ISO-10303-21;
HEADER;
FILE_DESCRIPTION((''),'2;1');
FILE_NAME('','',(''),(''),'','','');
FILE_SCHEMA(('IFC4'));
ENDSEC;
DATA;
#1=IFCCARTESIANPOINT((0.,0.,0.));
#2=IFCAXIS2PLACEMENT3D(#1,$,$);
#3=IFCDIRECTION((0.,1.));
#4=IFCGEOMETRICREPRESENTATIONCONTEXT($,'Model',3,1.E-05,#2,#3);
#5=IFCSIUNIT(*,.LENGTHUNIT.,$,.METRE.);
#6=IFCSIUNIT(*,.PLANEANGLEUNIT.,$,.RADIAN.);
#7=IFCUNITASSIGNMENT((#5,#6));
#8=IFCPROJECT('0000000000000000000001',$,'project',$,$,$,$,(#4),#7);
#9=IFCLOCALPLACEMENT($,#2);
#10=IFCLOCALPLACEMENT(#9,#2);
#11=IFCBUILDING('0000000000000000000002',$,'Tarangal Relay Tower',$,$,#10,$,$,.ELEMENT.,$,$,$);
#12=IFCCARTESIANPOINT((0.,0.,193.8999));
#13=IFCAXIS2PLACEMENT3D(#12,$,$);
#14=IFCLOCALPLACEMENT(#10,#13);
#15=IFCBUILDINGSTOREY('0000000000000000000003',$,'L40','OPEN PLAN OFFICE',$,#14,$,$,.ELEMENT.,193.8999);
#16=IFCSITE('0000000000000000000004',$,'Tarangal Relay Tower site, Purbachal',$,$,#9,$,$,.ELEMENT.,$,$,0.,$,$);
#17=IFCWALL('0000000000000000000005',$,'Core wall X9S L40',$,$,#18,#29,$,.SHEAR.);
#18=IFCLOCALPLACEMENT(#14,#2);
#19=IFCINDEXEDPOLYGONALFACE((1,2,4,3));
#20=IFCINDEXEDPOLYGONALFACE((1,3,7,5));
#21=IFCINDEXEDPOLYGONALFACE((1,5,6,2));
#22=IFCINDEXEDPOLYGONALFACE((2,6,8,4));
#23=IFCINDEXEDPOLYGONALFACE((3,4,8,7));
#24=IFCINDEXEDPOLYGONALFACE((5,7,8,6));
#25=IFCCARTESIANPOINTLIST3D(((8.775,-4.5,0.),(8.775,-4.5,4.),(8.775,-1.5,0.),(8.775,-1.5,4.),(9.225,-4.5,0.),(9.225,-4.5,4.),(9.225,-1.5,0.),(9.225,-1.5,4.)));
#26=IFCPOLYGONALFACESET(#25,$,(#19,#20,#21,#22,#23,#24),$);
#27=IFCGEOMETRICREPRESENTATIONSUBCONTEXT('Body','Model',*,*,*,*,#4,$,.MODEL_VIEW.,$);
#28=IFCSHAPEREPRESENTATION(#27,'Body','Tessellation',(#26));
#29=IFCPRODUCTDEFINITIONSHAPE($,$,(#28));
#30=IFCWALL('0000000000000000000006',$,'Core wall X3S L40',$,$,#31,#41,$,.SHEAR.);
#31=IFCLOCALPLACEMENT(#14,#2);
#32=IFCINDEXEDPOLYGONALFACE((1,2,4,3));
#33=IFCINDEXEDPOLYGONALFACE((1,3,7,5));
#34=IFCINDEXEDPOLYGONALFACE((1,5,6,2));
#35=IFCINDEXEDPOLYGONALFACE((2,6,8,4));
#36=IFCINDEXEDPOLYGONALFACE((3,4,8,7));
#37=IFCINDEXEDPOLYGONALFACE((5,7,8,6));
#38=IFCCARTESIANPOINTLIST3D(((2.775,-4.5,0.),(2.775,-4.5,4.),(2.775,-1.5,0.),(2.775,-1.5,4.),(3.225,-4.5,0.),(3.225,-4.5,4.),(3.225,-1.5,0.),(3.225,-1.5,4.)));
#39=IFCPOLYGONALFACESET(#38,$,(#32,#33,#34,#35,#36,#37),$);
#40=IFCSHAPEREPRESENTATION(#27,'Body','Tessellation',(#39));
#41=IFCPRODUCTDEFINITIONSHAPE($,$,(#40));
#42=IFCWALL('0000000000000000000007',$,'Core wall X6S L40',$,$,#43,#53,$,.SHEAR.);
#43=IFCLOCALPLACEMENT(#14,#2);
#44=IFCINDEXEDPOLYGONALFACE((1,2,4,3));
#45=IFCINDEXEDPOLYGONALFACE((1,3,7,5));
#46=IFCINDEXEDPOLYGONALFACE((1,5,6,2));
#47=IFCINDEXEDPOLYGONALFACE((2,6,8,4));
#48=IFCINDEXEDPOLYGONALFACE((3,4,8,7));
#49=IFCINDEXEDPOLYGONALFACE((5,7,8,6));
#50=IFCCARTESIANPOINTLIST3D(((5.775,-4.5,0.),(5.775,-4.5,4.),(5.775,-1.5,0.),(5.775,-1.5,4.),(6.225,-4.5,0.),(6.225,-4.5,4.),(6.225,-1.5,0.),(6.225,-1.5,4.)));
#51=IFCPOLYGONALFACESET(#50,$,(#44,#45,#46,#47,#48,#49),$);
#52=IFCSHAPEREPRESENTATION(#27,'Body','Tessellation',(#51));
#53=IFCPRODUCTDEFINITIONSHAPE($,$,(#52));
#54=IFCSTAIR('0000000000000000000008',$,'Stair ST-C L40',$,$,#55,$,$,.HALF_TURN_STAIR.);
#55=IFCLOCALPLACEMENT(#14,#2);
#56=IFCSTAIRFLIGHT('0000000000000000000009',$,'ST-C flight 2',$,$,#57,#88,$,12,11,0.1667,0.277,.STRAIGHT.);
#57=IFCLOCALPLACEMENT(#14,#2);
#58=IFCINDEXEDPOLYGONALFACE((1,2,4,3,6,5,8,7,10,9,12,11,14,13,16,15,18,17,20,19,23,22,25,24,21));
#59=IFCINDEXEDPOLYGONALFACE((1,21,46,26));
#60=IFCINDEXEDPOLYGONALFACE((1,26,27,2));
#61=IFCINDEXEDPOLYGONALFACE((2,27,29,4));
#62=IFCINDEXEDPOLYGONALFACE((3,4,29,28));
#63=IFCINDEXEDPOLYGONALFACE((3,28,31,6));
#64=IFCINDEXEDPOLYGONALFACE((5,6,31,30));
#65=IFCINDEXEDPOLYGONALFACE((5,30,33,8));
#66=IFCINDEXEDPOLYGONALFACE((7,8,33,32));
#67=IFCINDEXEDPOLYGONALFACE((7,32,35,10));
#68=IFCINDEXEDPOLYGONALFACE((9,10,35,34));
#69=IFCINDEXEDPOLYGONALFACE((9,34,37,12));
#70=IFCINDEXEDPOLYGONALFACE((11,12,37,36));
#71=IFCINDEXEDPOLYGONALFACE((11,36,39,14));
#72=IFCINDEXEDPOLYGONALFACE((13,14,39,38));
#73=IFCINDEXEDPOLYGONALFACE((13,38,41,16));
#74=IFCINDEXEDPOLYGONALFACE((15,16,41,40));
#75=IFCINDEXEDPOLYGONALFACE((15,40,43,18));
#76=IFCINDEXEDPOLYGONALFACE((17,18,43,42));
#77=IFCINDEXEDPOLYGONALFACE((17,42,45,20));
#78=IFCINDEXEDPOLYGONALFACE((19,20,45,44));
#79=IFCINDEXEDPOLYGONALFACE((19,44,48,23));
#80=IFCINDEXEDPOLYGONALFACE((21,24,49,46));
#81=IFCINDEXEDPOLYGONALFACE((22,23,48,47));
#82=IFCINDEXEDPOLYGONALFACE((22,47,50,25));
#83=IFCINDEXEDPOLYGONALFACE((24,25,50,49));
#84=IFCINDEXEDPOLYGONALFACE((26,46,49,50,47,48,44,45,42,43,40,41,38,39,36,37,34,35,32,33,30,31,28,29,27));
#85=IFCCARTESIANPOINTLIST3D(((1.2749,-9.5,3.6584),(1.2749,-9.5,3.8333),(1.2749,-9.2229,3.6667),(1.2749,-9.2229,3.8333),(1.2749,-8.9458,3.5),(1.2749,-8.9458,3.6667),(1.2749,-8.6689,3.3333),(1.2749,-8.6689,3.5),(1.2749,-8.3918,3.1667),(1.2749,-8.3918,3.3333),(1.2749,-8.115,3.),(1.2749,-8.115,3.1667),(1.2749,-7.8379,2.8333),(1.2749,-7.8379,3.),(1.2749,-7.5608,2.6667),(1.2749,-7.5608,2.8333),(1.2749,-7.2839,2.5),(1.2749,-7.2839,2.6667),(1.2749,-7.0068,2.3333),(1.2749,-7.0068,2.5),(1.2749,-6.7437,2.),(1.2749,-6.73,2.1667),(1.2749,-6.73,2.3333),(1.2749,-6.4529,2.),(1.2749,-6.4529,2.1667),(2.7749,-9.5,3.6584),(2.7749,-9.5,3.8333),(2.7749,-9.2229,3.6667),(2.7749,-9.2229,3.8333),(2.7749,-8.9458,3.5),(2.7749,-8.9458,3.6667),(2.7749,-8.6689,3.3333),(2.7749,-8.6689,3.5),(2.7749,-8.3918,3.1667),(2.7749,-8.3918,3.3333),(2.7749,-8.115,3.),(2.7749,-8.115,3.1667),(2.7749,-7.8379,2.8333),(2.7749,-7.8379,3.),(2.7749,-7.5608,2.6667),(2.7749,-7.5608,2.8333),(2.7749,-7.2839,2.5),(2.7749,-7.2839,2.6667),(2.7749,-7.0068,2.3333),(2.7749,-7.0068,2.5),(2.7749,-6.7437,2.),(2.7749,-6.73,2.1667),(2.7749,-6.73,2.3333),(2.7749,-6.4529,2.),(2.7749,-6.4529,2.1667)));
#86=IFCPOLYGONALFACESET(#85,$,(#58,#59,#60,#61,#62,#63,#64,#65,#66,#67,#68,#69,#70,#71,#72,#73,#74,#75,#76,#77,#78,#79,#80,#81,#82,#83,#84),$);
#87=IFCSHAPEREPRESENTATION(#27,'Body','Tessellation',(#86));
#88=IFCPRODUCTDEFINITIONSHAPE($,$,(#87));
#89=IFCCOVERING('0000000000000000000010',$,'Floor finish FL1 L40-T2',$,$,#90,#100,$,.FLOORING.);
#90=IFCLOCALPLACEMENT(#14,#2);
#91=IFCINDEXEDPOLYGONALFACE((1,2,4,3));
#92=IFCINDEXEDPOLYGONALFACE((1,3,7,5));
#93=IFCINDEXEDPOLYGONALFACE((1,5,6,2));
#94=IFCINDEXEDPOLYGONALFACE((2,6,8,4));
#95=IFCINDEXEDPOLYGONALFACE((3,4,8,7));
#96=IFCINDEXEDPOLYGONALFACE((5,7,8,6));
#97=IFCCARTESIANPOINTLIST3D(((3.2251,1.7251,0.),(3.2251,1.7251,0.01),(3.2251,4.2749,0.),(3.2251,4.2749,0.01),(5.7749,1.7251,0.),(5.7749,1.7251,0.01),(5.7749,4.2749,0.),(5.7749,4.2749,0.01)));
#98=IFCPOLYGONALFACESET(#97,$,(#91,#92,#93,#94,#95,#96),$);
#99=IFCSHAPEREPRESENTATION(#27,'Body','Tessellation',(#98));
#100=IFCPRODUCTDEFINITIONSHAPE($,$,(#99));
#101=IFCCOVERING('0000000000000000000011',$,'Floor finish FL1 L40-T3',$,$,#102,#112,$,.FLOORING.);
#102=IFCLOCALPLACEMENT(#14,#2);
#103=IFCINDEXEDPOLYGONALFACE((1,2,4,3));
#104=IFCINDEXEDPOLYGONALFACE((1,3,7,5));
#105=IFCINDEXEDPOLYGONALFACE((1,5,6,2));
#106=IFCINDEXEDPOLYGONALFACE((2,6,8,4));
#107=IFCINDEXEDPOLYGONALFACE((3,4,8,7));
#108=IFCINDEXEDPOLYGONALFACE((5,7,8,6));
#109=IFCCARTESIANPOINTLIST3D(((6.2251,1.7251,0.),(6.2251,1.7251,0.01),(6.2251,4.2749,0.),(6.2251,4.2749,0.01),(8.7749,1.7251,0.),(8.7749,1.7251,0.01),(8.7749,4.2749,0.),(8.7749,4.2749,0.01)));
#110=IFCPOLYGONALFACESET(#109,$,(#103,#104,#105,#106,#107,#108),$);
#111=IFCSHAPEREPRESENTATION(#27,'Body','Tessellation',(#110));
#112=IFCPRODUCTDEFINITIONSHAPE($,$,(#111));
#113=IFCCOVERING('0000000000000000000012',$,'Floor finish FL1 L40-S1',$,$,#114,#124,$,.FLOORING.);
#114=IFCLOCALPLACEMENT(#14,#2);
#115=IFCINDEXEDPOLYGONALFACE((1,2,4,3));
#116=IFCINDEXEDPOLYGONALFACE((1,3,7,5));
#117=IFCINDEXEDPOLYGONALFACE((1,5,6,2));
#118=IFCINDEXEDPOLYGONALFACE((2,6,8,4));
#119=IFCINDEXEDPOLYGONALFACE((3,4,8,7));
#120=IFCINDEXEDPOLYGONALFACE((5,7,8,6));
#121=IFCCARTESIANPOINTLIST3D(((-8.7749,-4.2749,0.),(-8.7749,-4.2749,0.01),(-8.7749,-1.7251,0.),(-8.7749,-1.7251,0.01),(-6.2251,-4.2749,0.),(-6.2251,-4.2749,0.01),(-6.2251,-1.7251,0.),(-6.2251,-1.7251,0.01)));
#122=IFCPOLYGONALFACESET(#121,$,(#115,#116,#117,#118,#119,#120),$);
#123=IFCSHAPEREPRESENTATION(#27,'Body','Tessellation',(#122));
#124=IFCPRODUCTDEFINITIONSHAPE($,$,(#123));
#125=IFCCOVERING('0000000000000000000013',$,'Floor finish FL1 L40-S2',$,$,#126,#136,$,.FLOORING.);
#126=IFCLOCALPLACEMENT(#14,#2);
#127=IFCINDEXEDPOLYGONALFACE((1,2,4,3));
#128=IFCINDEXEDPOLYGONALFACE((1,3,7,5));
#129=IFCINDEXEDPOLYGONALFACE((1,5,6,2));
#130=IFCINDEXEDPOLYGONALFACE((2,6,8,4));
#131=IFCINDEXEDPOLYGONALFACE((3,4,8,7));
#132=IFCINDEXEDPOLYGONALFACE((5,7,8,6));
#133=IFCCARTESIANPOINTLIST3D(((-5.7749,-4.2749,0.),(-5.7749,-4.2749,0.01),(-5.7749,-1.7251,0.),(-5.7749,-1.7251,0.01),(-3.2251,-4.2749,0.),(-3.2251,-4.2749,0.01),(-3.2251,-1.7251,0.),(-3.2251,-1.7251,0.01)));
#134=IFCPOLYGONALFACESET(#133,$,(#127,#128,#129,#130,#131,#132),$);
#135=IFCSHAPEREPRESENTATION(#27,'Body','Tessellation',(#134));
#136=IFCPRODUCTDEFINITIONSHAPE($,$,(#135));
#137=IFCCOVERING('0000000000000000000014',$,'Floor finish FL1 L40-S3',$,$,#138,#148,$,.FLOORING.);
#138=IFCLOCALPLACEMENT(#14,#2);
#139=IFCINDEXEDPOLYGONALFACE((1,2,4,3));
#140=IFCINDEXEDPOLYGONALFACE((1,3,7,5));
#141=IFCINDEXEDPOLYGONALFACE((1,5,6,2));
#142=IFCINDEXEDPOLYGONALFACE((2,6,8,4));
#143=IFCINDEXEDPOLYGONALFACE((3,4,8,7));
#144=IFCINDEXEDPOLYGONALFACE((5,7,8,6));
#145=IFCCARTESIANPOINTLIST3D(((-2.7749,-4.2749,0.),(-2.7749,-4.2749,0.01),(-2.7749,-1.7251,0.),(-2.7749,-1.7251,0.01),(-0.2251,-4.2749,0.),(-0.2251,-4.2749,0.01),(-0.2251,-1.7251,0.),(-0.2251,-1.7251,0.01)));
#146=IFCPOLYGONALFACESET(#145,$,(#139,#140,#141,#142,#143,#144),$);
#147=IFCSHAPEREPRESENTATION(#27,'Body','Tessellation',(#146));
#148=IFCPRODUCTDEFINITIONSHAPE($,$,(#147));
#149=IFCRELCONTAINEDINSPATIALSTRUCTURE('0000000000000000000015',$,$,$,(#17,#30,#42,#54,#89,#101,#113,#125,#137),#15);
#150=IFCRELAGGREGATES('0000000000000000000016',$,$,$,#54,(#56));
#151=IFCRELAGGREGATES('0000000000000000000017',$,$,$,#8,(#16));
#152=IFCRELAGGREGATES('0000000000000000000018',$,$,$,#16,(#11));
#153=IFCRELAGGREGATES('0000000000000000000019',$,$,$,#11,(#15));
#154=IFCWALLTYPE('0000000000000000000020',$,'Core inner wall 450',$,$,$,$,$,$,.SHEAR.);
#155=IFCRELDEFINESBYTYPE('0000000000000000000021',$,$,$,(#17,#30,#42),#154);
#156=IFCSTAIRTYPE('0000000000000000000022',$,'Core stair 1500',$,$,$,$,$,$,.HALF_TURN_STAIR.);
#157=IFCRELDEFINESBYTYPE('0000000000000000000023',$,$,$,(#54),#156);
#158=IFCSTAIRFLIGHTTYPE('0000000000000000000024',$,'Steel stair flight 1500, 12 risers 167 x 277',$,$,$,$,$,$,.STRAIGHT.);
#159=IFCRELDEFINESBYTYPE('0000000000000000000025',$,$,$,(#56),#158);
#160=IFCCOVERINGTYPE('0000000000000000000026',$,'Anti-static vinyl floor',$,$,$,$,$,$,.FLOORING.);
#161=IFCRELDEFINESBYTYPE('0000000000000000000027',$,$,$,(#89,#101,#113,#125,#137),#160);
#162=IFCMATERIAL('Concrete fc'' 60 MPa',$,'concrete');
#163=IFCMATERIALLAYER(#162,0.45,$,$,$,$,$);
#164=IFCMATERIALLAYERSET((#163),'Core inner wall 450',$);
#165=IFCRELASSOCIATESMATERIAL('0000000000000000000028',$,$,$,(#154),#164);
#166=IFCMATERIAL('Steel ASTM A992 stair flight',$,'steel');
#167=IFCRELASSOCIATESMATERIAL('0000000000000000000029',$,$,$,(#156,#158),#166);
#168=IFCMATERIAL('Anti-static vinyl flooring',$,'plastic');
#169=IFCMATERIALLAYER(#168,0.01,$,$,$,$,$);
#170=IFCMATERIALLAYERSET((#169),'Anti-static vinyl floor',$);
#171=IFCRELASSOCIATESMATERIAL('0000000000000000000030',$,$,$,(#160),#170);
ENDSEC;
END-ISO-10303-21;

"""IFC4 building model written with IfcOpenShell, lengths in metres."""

from ifc_helpers import new_model, si_unit, direction, frame, frame_2d, origin, place, context, subcontext, project, spatial, polyline, rectangle, outline, extrude, material, layer, layer_set, type_object, element, aggregate, save


model = new_model("IFC4")

# Units and contexts
model_context = context("Model", 3, precision=1e-05, world=origin(), true_north=direction((0.0, 1.0)))
body_context = subcontext(model_context, "Body", "Model", "MODEL_VIEW")
ifc_project = project(units=[si_unit("LENGTHUNIT", "METRE"), si_unit("PLANEANGLEUNIT", "RADIAN")], contexts=[model_context])

# Site, building, storey
site_placement = place(None, origin())
site = spatial("IfcSite", under=ifc_project, at=site_placement, Name="Tarangal Relay Tower site, Purbachal", CompositionType="ELEMENT", RefElevation=0.0)
building_placement = place(site_placement, origin())
building = spatial("IfcBuilding", under=site, at=building_placement, Name="Tarangal Relay Tower", CompositionType="ELEMENT")
storey_placement = place(building_placement, frame((0.0, 0.0, 193.8999)))
storey = spatial("IfcBuildingStorey", under=building, at=storey_placement, Name="L40", Description="OPEN PLAN OFFICE", CompositionType="ELEMENT", Elevation=193.8999)

# Walls
ifc_material_1 = material(Name="Concrete fc' 60 MPa", Category="concrete")
ifc_layer_1 = layer(ifc_material_1, 0.45)
ifc_layer_set_1 = layer_set([ifc_layer_1], Name="Core inner wall 450")
wall_type = type_object("IfcWallType", Name="Core inner wall 450", PredefinedType="SHEAR", material=ifc_layer_set_1)
for number, where, z_axis, x_axis, name in (
    (1, (9.0, -4.5, 0.0), (0.0, 0.0, 1.0), (0.0, 1.0, 0.0), "Core wall X9S L40"),
    (2, (3.0, -4.5, 0.0), (0.0, 0.0, 1.0), (0.0, 1.0, 0.0), "Core wall X3S L40"),
    (3, (6.0, -4.5, 0.0), (0.0, 0.0, 1.0), (0.0, 1.0, 0.0), "Core wall X6S L40"),
):
    element("IfcWall", number, at=place(storey_placement, frame(where, z_axis=z_axis, x_axis=x_axis)), inside=storey, type_object=wall_type, Name=name, PredefinedType="SHEAR", context=body_context, shape_type="SweptSolid", body=[
        extrude(rectangle(XDim=3.0, YDim=0.45, at=frame_2d((1.5, 0.0))), origin(), (0.0, 0.0, 1.0), 4.0),
    ])

# Stair, stair flight
ifc_material_2 = material(Name="Steel ASTM A992 stair flight", Category="steel")
stair_type = type_object("IfcStairType", Name="Core stair 1500", PredefinedType="HALF_TURN_STAIR", material=ifc_material_2)
stair_placement = place(storey_placement, origin())
stair = element("IfcStair", 4, at=stair_placement, inside=storey, type_object=stair_type, Name="Stair ST-C L40", PredefinedType="HALF_TURN_STAIR")
stair_flight_type = type_object("IfcStairFlightType", Name="Steel stair flight 1500, 12 risers 167 x 277", PredefinedType="STRAIGHT", material=ifc_material_2)
stair_flight_placement = place(storey_placement, frame((2.0249, -6.4529, 2.0), z_axis=(0.0, 0.0, 1.0), x_axis=(0.0, -1.0, 0.0)))
stair_flight = element("IfcStairFlight", 5, at=stair_flight_placement, type_object=stair_flight_type, Name="ST-C flight 2", NumberOfRisers=12, NumberOfTreads=11, PredefinedType="STRAIGHT", RiserHeight=0.1667, TreadLength=0.277, context=body_context, shape_type="SweptSolid", body=[
    extrude(outline(polyline([(0.0, 0.0), (0.0, 0.1667), (0.2771, 0.1667), (0.2771, 0.3333), (0.554, 0.3333), (0.554, 0.5), (0.8311, 0.5), (0.8311, 0.6667), (1.1079, 0.6667), (1.1079, 0.8333), (1.385, 0.8333), (1.385, 1.0), (1.6621, 1.0), (1.6621, 1.1667), (1.939, 1.1667), (1.939, 1.3333), (2.2161, 1.3333), (2.2161, 1.5), (2.4929, 1.5), (2.4929, 1.6667), (2.77, 1.6667), (2.77, 1.8333), (3.0471, 1.8333), (3.0471, 2.0), (3.0471, 1.6584), (0.2908, 0.0), (0.0, 0.0)])), frame((0.0, 0.75, 0.0), z_axis=(0.0, -1.0, 0.0), x_axis=(1.0, 0.0, 0.0)), (0.0, 0.0, 1.0), 1.5),
])
aggregate(stair, [stair_flight])

# Coverings
ifc_material_3 = material(Name="Anti-static vinyl flooring", Category="plastic")
ifc_layer_2 = layer(ifc_material_3, 0.01)
ifc_layer_set_2 = layer_set([ifc_layer_2], Name="Anti-static vinyl floor")
covering_type_1 = type_object("IfcCoveringType", Name="Anti-static vinyl floor", PredefinedType="FLOORING", material=ifc_layer_set_2)
covering_1_placement = place(storey_placement, origin())
element("IfcCovering", 6, at=covering_1_placement, inside=storey, type_object=covering_type_1, Name="Floor finish FL1 L40-T2", PredefinedType="FLOORING", context=body_context, shape_type="SweptSolid", body=[
    extrude(outline(polyline([(3.2251, 1.7251), (5.7749, 1.7251), (5.7749, 4.2749), (3.2251, 4.2749), (3.2251, 1.7251)])), origin(), (0.0, 0.0, 1.0), 0.01),
])
covering_2_placement = place(storey_placement, origin())
element("IfcCovering", 7, at=covering_2_placement, inside=storey, type_object=covering_type_1, Name="Floor finish FL1 L40-T3", PredefinedType="FLOORING", context=body_context, shape_type="SweptSolid", body=[
    extrude(outline(polyline([(6.2251, 1.7251), (8.7749, 1.7251), (8.7749, 4.2749), (6.2251, 4.2749), (6.2251, 1.7251)])), origin(), (0.0, 0.0, 1.0), 0.01),
])
covering_3_placement = place(storey_placement, origin())
element("IfcCovering", 8, at=covering_3_placement, inside=storey, type_object=covering_type_1, Name="Floor finish FL1 L40-S1", PredefinedType="FLOORING", context=body_context, shape_type="SweptSolid", body=[
    extrude(outline(polyline([(-8.7749, -4.2749), (-6.2251, -4.2749), (-6.2251, -1.7251), (-8.7749, -1.7251), (-8.7749, -4.2749)])), origin(), (0.0, 0.0, 1.0), 0.01),
])
covering_4_placement = place(storey_placement, origin())
element("IfcCovering", 9, at=covering_4_placement, inside=storey, type_object=covering_type_1, Name="Floor finish FL1 L40-S2", PredefinedType="FLOORING", context=body_context, shape_type="SweptSolid", body=[
    extrude(outline(polyline([(-5.7749, -4.2749), (-3.2251, -4.2749), (-3.2251, -1.7251), (-5.7749, -1.7251), (-5.7749, -4.2749)])), origin(), (0.0, 0.0, 1.0), 0.01),
])
covering_5_placement = place(storey_placement, origin())
element("IfcCovering", 10, at=covering_5_placement, inside=storey, type_object=covering_type_1, Name="Floor finish FL1 L40-S3", PredefinedType="FLOORING", context=body_context, shape_type="SweptSolid", body=[
    extrude(outline(polyline([(-2.7749, -4.2749), (-0.2251, -4.2749), (-0.2251, -1.7251), (-2.7749, -1.7251), (-2.7749, -4.2749)])), origin(), (0.0, 0.0, 1.0), 0.01),
])

save(model, "model.ifc")
